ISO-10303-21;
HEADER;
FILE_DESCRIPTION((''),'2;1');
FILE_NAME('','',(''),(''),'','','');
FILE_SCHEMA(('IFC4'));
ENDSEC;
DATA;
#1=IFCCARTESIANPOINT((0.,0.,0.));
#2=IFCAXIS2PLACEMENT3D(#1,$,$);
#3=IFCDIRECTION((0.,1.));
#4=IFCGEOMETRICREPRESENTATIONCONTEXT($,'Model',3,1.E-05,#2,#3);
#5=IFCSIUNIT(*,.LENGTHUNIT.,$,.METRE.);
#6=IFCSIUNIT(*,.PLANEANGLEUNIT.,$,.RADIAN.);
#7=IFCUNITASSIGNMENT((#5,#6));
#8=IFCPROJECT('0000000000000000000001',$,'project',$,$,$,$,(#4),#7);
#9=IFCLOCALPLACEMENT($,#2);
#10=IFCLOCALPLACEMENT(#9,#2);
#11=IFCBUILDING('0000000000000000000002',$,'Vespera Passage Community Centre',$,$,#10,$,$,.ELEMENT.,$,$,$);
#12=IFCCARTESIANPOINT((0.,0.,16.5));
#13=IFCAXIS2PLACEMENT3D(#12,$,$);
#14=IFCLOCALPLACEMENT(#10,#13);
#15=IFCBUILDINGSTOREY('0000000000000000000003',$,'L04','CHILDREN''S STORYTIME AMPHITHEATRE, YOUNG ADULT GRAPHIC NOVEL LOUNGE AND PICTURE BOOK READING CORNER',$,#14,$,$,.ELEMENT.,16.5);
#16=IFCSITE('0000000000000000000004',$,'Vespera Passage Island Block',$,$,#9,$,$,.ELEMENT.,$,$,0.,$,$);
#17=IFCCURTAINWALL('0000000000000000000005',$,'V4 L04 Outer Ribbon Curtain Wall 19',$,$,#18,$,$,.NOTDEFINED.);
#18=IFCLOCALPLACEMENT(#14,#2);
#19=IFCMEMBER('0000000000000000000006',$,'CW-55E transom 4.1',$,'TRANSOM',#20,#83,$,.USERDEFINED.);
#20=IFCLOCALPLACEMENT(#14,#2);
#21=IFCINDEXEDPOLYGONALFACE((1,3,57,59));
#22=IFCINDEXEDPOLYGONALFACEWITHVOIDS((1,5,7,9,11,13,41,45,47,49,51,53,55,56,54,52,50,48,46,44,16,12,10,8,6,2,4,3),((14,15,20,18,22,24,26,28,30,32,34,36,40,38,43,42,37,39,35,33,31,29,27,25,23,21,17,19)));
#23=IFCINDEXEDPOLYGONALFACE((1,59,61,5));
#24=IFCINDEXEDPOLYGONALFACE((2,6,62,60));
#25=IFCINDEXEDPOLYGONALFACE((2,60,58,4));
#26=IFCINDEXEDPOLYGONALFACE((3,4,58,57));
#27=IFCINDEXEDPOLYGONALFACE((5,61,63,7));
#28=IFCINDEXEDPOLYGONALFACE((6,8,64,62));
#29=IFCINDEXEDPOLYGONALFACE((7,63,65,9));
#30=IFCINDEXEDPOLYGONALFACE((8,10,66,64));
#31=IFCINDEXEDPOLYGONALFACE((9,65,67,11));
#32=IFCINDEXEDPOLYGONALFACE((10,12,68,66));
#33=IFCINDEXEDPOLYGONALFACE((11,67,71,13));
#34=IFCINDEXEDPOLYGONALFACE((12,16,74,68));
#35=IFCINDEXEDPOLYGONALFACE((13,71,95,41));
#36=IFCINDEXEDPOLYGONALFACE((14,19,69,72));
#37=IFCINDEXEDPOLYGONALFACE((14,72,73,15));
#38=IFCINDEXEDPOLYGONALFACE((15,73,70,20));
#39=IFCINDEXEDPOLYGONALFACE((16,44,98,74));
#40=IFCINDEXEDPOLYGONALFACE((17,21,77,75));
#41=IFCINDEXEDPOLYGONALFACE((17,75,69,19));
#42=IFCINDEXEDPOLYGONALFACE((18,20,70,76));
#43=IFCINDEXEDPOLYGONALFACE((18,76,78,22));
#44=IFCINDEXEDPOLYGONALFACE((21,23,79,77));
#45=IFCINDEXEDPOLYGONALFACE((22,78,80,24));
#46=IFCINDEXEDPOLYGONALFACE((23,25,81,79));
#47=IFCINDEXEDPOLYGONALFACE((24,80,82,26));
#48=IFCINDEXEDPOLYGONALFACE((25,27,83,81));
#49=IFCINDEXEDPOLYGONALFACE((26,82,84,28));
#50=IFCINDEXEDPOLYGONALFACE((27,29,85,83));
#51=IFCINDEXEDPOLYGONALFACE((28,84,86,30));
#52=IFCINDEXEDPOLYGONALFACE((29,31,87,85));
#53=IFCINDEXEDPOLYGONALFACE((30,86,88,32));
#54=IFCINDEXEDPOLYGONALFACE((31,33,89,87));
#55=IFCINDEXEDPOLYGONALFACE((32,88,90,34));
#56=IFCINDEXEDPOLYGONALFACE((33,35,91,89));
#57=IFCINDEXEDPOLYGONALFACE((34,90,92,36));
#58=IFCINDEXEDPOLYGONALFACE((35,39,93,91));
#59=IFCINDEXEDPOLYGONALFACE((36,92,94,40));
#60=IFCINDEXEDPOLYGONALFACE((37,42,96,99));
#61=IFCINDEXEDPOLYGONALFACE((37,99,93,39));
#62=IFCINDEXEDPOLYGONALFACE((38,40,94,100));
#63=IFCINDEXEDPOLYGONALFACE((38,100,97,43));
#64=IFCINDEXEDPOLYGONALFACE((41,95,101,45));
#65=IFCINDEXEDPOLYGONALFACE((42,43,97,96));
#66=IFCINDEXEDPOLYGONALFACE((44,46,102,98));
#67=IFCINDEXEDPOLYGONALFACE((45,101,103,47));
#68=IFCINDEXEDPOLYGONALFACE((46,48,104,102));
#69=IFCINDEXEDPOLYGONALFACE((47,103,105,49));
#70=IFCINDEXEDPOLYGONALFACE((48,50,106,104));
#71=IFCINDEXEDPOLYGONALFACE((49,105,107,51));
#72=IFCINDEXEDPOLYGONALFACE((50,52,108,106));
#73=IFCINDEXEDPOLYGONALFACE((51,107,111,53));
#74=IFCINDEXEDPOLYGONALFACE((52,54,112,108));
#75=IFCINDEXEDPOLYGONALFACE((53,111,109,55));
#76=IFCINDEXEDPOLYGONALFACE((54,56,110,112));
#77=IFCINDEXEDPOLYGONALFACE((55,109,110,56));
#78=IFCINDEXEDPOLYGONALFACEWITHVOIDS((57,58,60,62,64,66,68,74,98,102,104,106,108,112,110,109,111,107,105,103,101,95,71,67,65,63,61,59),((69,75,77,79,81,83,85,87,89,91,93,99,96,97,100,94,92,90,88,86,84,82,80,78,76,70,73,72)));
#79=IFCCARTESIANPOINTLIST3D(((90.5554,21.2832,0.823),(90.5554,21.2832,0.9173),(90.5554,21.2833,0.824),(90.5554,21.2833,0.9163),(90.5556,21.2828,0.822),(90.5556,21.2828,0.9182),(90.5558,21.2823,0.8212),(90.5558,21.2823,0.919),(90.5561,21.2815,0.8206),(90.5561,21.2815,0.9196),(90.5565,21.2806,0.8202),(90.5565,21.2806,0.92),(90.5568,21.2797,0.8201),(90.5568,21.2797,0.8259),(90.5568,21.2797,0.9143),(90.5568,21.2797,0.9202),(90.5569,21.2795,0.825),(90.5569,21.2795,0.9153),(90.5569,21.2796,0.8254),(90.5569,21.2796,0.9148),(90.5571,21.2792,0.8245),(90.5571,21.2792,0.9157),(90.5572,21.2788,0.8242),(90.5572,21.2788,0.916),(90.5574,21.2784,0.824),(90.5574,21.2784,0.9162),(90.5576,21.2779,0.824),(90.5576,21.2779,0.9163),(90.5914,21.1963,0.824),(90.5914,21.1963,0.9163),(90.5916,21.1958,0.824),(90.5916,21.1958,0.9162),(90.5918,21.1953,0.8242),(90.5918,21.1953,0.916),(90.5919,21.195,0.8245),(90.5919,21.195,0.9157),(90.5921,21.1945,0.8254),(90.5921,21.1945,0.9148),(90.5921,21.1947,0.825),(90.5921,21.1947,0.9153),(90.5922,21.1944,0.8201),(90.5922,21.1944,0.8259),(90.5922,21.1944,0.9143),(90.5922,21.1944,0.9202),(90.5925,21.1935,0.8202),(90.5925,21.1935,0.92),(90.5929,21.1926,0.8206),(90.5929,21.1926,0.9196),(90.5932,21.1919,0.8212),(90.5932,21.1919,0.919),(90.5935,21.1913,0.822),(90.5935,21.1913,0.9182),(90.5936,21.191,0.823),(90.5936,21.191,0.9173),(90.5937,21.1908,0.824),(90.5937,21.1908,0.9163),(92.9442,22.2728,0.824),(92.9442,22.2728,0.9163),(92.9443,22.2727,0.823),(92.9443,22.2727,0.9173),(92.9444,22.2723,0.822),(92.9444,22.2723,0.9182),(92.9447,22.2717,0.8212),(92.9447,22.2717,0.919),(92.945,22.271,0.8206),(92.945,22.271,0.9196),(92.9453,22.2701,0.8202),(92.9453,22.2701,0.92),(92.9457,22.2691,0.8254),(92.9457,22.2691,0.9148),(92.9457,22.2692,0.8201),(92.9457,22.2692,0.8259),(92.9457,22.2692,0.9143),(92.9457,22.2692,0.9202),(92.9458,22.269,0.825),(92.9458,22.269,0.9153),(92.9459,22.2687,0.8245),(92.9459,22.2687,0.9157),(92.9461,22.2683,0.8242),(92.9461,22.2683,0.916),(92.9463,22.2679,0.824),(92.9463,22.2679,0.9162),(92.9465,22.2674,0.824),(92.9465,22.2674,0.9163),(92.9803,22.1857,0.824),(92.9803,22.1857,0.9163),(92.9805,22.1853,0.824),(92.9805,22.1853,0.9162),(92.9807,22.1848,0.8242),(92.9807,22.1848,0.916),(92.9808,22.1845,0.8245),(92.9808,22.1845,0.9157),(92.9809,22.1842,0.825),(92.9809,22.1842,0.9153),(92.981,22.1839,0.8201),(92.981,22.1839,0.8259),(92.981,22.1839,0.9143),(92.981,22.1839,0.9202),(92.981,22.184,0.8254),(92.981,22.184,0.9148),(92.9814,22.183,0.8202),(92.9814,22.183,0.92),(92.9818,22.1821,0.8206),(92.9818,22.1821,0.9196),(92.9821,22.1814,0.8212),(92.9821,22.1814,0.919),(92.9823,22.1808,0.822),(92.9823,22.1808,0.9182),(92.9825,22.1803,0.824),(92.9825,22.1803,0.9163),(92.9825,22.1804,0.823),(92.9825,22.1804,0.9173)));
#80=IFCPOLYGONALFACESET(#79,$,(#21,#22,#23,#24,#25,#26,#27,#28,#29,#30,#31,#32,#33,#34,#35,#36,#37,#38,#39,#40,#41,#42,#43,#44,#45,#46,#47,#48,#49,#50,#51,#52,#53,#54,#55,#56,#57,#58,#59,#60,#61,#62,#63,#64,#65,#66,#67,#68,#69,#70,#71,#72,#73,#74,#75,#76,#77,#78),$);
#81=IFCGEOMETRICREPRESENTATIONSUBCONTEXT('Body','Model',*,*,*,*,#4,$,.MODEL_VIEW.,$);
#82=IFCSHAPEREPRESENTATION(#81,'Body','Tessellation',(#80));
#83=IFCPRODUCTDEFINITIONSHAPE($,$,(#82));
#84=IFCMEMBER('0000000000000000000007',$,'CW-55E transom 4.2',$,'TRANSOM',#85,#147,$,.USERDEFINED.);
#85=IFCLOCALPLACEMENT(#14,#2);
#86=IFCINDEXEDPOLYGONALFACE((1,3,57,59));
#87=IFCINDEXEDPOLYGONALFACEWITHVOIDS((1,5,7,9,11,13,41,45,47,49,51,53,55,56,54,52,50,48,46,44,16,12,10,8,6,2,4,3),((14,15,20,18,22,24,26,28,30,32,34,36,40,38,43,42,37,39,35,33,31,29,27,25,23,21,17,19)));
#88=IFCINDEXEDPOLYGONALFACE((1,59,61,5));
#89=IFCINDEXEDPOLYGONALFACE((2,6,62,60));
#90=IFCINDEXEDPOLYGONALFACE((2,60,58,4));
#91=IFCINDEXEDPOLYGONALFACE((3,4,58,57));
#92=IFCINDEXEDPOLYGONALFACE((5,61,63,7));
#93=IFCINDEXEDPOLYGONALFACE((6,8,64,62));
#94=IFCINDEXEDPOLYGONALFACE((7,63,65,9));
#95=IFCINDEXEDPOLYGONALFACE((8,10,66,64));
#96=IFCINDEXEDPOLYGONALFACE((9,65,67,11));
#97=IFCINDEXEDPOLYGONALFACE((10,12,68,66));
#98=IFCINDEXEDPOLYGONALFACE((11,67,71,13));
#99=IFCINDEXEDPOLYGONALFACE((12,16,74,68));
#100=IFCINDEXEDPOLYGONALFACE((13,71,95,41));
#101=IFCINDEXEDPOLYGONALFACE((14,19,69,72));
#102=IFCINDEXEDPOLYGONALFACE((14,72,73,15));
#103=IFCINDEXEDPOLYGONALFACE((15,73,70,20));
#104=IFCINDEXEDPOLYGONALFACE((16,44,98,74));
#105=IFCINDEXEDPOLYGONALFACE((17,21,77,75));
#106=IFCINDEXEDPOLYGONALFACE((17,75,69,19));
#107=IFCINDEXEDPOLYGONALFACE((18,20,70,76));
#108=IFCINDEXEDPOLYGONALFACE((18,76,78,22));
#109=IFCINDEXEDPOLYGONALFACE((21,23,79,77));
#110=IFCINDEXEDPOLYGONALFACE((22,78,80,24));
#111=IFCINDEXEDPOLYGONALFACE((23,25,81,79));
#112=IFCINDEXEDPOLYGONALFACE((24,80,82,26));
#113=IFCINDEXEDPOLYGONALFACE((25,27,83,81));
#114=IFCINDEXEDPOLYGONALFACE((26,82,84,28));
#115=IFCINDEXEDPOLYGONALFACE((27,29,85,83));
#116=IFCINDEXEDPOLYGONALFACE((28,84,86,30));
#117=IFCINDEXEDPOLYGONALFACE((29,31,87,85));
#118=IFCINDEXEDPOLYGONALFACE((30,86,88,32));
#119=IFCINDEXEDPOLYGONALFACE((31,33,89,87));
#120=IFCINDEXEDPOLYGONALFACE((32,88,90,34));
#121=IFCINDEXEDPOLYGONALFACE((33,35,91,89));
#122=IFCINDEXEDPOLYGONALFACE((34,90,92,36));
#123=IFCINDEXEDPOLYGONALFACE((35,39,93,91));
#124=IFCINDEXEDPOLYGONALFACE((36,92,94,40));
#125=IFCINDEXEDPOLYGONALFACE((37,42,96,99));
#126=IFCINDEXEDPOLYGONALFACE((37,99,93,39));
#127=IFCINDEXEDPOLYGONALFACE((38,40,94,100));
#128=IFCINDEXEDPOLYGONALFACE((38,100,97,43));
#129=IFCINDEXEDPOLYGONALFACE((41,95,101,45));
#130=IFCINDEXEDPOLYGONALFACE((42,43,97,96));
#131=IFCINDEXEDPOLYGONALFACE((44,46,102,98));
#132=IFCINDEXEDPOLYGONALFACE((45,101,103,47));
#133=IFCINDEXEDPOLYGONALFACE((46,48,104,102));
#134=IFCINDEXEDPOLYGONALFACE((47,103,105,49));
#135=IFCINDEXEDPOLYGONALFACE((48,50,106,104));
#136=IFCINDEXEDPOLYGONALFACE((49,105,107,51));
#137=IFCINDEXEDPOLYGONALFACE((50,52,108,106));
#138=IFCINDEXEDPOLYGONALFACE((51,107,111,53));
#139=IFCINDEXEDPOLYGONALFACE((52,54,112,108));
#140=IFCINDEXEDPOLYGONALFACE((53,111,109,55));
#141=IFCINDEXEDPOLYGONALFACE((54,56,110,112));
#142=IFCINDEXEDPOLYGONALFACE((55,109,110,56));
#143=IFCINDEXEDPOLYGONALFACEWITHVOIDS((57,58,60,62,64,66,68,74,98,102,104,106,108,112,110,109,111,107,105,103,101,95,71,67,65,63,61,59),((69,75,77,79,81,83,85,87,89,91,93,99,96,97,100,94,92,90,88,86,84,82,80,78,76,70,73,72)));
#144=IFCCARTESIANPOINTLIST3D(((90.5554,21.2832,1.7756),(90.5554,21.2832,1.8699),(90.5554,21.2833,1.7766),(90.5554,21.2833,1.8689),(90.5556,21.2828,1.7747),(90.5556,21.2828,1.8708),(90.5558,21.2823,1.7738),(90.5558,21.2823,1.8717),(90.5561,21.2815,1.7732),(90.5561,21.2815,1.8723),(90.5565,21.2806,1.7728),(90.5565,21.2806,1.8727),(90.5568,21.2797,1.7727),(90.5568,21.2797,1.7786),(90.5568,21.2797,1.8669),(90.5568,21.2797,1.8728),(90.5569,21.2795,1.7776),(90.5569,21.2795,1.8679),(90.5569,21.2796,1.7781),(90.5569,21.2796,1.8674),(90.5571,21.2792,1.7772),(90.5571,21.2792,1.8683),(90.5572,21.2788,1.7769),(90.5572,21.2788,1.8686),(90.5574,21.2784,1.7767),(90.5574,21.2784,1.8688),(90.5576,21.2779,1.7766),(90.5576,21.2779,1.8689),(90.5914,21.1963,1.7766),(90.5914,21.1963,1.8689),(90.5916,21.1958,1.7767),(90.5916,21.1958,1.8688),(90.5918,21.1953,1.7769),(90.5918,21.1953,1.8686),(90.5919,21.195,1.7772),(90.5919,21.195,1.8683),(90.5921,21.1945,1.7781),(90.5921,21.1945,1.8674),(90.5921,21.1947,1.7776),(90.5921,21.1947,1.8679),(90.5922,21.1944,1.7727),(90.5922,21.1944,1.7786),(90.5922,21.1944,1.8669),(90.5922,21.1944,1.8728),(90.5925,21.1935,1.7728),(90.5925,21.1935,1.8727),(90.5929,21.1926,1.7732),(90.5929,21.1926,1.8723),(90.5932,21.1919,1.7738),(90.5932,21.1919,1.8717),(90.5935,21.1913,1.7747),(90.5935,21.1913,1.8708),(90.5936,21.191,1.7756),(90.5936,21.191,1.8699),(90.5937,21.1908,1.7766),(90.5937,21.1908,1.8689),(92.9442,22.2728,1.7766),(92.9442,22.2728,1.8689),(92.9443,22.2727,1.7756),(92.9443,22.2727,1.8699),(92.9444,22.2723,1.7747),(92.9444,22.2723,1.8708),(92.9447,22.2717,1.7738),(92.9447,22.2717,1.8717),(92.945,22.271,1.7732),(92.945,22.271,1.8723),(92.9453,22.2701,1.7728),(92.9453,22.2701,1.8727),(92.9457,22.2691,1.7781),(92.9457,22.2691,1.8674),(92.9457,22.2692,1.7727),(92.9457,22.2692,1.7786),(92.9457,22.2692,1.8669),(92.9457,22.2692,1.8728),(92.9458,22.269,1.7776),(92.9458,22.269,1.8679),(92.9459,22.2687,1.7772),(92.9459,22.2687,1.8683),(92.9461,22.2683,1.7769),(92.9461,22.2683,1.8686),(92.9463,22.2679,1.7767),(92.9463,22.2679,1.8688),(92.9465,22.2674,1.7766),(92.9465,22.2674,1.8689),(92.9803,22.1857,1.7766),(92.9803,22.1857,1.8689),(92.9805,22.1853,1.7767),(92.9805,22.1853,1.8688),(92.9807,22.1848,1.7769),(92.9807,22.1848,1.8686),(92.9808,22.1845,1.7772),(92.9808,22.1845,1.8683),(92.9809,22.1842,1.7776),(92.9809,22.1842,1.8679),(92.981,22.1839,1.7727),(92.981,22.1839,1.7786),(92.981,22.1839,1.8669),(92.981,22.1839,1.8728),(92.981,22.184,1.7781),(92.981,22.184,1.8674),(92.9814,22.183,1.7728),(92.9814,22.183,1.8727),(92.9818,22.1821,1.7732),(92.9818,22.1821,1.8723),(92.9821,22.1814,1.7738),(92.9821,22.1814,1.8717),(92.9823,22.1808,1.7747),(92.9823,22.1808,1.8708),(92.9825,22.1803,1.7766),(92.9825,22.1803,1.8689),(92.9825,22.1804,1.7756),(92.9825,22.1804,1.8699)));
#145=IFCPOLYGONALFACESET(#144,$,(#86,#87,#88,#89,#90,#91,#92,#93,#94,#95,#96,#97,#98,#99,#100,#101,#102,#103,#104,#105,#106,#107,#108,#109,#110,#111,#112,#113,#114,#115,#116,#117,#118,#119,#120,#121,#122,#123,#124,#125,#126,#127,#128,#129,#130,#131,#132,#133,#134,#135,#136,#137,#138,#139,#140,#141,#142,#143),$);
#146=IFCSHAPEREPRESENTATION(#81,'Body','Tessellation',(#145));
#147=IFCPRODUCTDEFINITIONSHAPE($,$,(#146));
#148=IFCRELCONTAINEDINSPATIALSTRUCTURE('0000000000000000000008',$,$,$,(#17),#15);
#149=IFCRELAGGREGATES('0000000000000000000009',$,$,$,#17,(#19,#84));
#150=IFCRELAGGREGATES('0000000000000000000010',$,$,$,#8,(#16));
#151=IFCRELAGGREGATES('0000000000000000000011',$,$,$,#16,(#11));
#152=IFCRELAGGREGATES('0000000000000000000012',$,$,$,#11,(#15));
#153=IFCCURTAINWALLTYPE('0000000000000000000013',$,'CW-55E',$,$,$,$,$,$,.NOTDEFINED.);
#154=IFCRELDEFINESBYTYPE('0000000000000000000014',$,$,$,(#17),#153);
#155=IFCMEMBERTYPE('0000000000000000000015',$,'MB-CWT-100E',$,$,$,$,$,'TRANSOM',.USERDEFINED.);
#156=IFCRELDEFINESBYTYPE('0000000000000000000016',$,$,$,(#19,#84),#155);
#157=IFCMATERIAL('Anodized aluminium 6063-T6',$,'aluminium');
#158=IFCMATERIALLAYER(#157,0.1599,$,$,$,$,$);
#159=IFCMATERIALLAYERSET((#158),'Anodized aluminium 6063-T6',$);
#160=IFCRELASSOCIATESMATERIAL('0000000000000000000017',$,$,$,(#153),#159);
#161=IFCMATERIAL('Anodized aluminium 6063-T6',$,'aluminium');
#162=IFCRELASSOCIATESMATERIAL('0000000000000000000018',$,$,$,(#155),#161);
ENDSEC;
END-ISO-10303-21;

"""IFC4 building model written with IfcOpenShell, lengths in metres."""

from ifc_helpers import new_model, si_unit, direction, frame, origin, origin_2d, place, context, subcontext, project, spatial, hollow_rectangle, extrude, material, layer, layer_set, material_profile, profile_set, type_object, element, aggregate, save


model = new_model("IFC4")

# Units and contexts
model_context = context("Model", 3, precision=1e-05, world=origin(), true_north=direction((0.0, 1.0)))
body_context = subcontext(model_context, "Body", "Model", "MODEL_VIEW")
ifc_project = project(units=[si_unit("LENGTHUNIT", "METRE"), si_unit("PLANEANGLEUNIT", "RADIAN")], contexts=[model_context])

# Site, building, storey
site_placement = place(None, origin())
site = spatial("IfcSite", under=ifc_project, at=site_placement, Name="Vespera Passage Island Block", CompositionType="ELEMENT", RefElevation=0.0)
building_placement = place(site_placement, origin())
building = spatial("IfcBuilding", under=site, at=building_placement, Name="Vespera Passage Community Centre", CompositionType="ELEMENT")
storey_placement = place(building_placement, frame((0.0, 0.0, 16.5)))
storey = spatial("IfcBuildingStorey", under=building, at=storey_placement, Name="L04", Description="CHILDREN'S STORYTIME AMPHITHEATRE, YOUNG ADULT GRAPHIC NOVEL LOUNGE AND PICTURE BOOK READING CORNER", CompositionType="ELEMENT", Elevation=16.5)

# Curtain wall, members
ifc_material_1 = material(Name="Anodized aluminium 6063-T6", Category="aluminium")
ifc_layer_1 = layer(ifc_material_1, 0.1599)
ifc_layer_set_1 = layer_set([ifc_layer_1], Name="Anodized aluminium 6063-T6")
curtain_wall_type_1 = type_object("IfcCurtainWallType", Name="CW-55E", PredefinedType="NOTDEFINED", material=ifc_layer_set_1)
curtain_wall_1_placement = place(storey_placement, origin())
curtain_wall_1 = element("IfcCurtainWall", 1, at=curtain_wall_1_placement, inside=storey, type_object=curtain_wall_type_1, Name="V4 L04 Outer Ribbon Curtain Wall 19", PredefinedType="NOTDEFINED")
ifc_material_2 = material(Name="Anodized aluminium 6063-T6", Category="aluminium")
ifc_material_profile_1 = material_profile(ifc_material_2, hollow_rectangle(XDim=0.1001, YDim=0.1001, WallThickness=0.0039, InnerFilletRadius=0.002, OuterFilletRadius=0.0039, at=origin_2d()), Name="ALU100X100X4")
ifc_profile_set_1 = profile_set([ifc_material_profile_1], Name="Anodized aluminium 6063-T6")
member_type_1 = type_object("IfcMemberType", Name="MB-CWT-100E", ElementType="TRANSOM", PredefinedType="USERDEFINED", material=ifc_profile_set_1)
member_1_placement = place(storey_placement, frame((92.9634, 22.2266, 0.8701), z_axis=(-0.923882, -0.382677, 0.0), x_axis=(0.382677, -0.923882, 0.0)))
member_1 = element("IfcMember", 2, at=member_1_placement, type_object=member_type_1, Name="CW-55E transom 4.1", ObjectType="TRANSOM", PredefinedType="USERDEFINED", context=body_context, shape_type="SweptSolid", body=[
    extrude(hollow_rectangle(XDim=0.1001, YDim=0.1001, WallThickness=0.0039, InnerFilletRadius=0.002, OuterFilletRadius=0.0039, at=origin_2d()), origin(), (0.0, 0.0, 1.0), 2.5857),
])
member_2_placement = place(storey_placement, frame((92.9634, 22.2266, 1.8228), z_axis=(-0.923882, -0.382677, 0.0), x_axis=(0.382677, -0.923882, 0.0)))
member_2 = element("IfcMember", 3, at=member_2_placement, type_object=member_type_1, Name="CW-55E transom 4.2", ObjectType="TRANSOM", PredefinedType="USERDEFINED", context=body_context, shape_type="SweptSolid", body=[
    extrude(hollow_rectangle(XDim=0.1001, YDim=0.1001, WallThickness=0.0039, InnerFilletRadius=0.002, OuterFilletRadius=0.0039, at=origin_2d()), origin(), (0.0, 0.0, 1.0), 2.5857),
])

aggregate(curtain_wall_1, [member_1, member_2])

save(model, "model.ifc")
